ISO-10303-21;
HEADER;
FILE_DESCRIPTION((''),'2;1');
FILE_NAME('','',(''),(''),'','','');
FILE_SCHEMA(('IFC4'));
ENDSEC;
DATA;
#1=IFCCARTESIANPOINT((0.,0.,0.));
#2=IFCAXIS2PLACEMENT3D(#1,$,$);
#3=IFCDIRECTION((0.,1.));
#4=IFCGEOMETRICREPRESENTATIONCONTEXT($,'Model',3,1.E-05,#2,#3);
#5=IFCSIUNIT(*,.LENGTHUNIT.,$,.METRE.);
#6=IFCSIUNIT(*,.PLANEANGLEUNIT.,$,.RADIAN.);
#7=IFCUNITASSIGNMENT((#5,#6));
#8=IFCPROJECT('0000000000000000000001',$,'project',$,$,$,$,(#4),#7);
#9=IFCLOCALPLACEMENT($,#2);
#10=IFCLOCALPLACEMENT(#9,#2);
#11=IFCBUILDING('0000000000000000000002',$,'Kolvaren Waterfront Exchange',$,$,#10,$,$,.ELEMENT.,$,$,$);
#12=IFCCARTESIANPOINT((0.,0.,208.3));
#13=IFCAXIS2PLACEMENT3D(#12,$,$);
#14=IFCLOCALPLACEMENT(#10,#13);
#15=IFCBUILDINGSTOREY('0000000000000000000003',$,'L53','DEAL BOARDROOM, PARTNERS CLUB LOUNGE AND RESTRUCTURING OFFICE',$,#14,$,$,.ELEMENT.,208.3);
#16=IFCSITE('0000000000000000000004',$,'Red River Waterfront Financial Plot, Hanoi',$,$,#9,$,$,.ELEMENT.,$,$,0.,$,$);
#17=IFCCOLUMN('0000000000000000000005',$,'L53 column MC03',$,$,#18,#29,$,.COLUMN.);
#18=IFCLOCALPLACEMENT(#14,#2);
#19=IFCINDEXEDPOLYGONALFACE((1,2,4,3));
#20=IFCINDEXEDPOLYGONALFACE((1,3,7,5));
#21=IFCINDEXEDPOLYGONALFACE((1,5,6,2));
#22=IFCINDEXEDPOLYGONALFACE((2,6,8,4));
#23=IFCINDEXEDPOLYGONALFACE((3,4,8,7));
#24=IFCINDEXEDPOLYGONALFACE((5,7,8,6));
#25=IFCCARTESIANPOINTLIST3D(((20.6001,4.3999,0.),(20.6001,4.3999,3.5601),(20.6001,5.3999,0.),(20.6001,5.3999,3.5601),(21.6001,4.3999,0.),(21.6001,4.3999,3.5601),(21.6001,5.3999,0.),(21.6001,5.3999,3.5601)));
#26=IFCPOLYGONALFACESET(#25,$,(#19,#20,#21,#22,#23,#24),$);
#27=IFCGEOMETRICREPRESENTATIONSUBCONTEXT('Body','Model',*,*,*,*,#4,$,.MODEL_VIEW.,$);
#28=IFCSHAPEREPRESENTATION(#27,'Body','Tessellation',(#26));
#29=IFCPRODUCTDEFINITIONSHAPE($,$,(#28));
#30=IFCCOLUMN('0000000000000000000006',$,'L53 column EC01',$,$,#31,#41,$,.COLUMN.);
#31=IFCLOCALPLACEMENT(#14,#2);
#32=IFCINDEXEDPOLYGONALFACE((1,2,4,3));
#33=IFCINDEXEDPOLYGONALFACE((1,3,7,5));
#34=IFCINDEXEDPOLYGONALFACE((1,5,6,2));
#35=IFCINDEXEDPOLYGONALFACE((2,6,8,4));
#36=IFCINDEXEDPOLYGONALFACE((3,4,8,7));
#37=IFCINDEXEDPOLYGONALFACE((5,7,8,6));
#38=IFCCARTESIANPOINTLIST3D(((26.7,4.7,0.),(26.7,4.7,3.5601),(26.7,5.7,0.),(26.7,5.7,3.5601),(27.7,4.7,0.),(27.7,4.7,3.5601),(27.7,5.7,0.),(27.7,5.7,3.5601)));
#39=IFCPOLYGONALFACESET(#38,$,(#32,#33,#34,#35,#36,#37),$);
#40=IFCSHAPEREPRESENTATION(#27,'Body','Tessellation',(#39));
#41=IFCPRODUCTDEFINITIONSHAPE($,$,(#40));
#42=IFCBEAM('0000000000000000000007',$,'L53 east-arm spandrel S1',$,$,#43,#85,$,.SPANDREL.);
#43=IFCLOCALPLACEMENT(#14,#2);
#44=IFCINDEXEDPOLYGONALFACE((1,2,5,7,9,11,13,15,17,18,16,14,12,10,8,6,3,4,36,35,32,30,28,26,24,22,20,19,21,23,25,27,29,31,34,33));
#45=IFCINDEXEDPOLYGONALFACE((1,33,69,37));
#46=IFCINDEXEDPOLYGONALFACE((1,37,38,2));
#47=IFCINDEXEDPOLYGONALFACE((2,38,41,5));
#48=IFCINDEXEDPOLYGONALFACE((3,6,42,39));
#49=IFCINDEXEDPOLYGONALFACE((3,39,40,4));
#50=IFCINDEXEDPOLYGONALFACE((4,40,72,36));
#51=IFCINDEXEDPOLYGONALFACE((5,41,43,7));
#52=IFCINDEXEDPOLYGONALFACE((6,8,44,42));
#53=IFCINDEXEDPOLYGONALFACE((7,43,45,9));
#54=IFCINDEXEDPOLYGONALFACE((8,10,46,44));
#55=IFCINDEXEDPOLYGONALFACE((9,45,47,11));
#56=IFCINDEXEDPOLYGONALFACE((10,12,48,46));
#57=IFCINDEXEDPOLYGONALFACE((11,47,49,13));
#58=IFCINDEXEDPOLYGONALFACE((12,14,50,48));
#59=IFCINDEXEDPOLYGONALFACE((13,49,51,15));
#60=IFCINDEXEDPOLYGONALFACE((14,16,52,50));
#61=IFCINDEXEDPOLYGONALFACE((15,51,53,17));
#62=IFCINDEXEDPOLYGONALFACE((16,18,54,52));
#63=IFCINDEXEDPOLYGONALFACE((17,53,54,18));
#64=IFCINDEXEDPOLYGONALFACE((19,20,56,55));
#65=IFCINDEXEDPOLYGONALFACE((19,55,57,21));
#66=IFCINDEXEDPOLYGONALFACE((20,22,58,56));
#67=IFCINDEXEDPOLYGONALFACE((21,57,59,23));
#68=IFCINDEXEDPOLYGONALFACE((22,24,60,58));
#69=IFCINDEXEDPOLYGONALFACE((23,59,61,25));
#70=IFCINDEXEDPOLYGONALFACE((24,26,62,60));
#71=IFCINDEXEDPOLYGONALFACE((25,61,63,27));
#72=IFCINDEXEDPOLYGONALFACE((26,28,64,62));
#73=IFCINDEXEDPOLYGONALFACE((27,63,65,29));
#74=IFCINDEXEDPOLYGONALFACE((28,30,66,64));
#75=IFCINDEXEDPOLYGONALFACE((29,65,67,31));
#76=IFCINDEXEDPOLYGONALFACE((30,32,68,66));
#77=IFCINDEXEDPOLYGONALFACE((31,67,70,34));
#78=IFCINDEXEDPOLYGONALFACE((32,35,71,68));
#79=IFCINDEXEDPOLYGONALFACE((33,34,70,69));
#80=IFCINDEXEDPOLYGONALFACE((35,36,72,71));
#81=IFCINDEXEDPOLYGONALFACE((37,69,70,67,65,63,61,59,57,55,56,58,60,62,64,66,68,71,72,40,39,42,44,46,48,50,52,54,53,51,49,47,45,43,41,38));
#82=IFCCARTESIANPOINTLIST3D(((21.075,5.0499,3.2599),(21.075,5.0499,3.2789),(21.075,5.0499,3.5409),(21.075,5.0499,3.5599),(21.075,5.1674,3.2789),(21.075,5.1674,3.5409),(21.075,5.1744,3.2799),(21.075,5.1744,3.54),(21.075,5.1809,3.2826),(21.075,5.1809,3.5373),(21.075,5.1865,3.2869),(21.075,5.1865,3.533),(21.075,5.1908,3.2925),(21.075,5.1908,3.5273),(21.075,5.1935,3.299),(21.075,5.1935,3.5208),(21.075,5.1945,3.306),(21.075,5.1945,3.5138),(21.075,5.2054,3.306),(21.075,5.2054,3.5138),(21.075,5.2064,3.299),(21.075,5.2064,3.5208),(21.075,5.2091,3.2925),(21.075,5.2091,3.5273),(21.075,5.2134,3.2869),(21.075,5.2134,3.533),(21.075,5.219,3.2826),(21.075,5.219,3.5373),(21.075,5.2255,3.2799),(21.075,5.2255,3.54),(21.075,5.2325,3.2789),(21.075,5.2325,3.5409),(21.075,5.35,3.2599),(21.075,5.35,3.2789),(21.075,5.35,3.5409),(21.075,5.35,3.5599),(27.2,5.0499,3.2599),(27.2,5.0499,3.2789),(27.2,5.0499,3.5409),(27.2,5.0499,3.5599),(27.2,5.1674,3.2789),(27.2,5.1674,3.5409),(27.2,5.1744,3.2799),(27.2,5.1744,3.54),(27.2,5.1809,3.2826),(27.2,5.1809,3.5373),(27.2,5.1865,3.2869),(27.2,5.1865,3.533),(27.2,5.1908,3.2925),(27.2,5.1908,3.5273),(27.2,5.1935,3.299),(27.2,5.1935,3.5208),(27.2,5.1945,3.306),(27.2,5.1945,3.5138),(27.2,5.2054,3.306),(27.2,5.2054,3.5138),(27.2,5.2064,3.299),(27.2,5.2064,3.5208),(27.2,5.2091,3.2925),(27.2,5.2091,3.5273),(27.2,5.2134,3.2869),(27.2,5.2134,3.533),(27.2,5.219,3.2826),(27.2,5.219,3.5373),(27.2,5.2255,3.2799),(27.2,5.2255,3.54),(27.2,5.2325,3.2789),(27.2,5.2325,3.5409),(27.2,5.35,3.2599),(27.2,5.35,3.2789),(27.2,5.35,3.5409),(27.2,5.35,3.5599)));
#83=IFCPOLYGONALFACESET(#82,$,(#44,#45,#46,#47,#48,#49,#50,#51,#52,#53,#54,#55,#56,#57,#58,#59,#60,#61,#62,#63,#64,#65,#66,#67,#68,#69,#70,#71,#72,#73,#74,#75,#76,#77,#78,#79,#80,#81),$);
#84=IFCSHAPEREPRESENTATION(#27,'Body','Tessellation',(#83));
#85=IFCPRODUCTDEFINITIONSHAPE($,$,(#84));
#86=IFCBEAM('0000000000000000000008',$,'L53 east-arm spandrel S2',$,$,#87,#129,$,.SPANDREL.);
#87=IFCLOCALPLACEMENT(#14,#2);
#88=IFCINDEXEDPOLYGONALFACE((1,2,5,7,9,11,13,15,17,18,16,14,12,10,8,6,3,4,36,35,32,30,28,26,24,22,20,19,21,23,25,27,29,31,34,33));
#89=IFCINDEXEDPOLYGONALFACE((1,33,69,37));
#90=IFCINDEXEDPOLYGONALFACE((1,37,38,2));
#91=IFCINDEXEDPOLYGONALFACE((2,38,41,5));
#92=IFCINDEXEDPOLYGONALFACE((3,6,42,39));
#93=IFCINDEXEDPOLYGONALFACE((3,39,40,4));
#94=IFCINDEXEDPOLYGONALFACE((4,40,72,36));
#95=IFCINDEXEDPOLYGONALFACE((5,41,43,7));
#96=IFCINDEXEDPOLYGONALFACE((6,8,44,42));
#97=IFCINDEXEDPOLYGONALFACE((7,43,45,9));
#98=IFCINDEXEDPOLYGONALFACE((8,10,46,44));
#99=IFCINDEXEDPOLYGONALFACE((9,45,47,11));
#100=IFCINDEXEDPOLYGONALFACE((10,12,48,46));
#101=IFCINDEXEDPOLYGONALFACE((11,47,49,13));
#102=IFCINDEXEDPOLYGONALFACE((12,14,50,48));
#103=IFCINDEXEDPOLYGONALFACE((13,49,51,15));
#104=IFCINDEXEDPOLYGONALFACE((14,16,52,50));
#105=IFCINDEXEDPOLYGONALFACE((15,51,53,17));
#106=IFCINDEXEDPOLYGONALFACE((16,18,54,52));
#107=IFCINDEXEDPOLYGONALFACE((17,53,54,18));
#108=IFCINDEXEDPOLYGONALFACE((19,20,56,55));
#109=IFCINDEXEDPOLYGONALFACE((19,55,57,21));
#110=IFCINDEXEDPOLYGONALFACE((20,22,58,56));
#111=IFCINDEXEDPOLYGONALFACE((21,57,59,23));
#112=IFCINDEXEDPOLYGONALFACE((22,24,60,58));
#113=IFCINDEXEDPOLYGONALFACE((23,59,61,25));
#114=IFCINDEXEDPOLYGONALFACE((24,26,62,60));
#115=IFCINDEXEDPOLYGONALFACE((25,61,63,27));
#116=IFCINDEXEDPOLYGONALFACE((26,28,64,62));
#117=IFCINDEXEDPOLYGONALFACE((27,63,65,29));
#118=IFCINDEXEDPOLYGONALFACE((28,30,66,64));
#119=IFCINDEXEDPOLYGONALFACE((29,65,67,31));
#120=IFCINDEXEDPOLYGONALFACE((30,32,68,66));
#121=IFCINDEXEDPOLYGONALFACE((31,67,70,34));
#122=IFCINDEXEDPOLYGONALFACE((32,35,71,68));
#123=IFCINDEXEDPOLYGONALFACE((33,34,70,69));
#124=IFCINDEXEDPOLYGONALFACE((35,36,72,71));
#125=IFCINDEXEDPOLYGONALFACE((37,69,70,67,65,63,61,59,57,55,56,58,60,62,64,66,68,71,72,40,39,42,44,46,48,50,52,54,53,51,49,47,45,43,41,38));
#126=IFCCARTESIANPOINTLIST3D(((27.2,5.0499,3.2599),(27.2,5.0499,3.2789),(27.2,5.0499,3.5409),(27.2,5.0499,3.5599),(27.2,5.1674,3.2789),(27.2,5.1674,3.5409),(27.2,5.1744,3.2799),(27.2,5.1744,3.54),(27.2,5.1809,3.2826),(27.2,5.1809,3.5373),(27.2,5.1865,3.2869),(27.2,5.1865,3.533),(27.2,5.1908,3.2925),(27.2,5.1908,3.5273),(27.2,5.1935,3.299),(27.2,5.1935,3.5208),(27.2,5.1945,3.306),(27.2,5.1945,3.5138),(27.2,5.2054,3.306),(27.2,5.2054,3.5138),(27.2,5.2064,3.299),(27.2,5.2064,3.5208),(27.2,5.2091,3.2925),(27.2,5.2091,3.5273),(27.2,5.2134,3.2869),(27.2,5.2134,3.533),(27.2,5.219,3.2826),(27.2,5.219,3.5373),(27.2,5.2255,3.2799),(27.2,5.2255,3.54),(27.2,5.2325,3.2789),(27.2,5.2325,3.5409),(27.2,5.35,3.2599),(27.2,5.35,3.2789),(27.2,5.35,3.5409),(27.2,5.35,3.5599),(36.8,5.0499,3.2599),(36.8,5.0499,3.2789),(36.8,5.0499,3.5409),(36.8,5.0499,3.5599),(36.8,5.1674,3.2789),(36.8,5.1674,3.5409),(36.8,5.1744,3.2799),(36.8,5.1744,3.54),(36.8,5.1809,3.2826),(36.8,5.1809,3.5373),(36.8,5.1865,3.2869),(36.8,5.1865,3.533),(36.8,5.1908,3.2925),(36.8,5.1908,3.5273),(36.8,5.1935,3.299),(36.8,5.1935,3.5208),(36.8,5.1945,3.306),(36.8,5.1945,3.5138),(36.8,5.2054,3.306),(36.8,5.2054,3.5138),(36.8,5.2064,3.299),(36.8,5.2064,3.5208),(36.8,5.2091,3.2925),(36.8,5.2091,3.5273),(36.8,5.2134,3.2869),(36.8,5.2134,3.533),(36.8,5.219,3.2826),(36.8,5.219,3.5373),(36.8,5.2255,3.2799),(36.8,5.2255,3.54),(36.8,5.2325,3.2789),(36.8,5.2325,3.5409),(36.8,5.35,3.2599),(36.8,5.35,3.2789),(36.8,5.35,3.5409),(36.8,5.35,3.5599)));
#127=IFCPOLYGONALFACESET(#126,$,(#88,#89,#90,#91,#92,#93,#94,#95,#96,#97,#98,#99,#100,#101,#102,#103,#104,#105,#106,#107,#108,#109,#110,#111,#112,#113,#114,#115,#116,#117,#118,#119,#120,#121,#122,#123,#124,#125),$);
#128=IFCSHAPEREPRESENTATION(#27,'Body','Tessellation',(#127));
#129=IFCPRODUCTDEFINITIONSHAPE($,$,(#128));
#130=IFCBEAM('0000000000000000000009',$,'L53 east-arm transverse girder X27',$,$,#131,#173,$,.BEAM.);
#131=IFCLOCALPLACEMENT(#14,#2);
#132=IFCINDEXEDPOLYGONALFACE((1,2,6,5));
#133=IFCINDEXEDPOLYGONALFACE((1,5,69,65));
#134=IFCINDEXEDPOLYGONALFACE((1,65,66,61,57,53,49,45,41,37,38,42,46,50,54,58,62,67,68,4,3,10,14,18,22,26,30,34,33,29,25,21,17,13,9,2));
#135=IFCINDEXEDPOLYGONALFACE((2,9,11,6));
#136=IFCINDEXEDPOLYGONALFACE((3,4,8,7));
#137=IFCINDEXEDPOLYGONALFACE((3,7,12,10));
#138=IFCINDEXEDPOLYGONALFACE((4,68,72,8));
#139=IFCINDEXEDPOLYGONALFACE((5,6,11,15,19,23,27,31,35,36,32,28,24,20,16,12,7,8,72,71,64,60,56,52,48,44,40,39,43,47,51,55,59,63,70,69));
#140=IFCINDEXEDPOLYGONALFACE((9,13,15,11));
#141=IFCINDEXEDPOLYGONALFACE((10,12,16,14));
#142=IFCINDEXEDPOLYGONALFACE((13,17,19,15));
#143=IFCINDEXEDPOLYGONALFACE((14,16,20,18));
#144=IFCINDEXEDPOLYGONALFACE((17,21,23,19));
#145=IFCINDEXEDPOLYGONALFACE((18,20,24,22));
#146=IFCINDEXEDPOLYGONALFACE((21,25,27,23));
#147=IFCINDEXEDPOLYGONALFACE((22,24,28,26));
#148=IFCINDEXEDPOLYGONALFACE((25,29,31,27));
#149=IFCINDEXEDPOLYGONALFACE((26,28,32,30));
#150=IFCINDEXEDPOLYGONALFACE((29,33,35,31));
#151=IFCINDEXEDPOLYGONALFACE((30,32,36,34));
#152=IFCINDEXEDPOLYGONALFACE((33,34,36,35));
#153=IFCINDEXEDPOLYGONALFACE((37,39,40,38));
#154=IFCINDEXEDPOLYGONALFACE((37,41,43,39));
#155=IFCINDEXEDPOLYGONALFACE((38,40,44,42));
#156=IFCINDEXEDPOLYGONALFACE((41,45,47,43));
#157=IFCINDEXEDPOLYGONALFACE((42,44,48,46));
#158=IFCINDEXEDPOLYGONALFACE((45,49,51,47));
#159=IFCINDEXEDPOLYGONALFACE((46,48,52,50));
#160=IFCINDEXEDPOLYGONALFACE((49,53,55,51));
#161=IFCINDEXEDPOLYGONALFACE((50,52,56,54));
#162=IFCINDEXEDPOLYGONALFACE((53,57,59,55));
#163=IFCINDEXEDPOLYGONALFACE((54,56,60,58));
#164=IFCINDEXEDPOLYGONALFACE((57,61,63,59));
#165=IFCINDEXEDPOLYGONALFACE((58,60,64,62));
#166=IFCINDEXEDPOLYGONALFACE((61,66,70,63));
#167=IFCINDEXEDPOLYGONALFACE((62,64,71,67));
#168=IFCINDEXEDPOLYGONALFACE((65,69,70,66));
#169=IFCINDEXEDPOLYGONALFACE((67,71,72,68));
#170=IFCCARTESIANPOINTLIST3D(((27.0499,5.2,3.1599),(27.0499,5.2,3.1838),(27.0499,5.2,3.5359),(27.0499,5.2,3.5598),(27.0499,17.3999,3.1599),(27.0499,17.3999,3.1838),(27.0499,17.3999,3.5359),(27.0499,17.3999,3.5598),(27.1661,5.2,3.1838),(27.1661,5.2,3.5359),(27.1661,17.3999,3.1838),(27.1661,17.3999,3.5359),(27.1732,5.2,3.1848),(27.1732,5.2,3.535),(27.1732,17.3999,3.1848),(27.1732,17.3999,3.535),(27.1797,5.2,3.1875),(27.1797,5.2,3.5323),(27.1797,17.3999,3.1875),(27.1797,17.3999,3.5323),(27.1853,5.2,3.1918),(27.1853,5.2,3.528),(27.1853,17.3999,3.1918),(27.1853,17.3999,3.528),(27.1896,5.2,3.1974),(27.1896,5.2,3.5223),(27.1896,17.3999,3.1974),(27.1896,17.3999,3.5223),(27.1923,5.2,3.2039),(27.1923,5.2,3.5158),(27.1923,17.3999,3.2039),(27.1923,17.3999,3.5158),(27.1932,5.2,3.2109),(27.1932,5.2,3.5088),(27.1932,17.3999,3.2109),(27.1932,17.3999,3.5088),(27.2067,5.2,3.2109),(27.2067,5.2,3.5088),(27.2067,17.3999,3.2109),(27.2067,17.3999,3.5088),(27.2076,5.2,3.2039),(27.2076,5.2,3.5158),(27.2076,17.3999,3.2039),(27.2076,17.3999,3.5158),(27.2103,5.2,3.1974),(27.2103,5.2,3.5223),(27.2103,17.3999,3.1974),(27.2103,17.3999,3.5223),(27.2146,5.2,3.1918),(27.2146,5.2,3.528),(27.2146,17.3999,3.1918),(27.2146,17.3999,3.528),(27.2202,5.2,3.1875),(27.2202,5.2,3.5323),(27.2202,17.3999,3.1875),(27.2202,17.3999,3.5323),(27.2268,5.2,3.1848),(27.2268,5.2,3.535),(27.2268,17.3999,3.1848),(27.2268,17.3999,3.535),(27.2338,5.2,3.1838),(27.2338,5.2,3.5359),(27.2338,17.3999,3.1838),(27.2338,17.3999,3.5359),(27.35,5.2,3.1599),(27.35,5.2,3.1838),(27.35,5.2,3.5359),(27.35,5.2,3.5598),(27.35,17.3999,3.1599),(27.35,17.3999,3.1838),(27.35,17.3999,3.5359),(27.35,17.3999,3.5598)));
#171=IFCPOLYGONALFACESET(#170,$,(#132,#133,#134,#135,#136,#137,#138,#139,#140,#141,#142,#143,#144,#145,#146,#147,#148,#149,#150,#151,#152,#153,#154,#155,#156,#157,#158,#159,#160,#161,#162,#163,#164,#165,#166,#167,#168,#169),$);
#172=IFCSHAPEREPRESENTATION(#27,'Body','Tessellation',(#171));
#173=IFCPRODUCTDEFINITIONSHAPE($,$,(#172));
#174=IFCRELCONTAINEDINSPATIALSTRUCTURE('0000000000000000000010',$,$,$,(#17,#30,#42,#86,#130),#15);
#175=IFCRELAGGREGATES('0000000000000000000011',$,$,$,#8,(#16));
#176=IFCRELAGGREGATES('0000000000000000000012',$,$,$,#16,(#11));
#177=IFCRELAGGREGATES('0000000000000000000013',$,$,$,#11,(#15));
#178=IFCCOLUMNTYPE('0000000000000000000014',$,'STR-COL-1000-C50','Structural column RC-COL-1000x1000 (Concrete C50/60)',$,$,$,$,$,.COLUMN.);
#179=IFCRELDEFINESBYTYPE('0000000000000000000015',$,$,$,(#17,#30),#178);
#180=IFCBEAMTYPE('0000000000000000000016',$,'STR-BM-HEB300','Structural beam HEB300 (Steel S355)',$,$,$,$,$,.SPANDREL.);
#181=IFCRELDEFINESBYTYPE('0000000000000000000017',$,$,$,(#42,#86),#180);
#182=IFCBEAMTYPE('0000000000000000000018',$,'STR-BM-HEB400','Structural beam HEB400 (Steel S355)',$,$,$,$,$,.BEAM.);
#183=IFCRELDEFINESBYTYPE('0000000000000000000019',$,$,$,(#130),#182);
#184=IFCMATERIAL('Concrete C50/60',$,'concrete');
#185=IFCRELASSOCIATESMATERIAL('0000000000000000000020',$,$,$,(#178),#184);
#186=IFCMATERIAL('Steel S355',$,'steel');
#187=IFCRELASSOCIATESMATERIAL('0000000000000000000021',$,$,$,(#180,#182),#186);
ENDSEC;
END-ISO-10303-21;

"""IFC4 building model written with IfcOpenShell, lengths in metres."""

from ifc_helpers import new_model, si_unit, direction, frame, origin, origin_2d, place, context, subcontext, project, spatial, rectangle, i_section, extrude, material, material_profile, profile_set, type_object, element, save


model = new_model("IFC4")

# Units and contexts
model_context = context("Model", 3, precision=1e-05, world=origin(), true_north=direction((0.0, 1.0)))
body_context = subcontext(model_context, "Body", "Model", "MODEL_VIEW")
ifc_project = project(units=[si_unit("LENGTHUNIT", "METRE"), si_unit("PLANEANGLEUNIT", "RADIAN")], contexts=[model_context])

# Site, building, storey
site_placement = place(None, origin())
site = spatial("IfcSite", under=ifc_project, at=site_placement, Name="Red River Waterfront Financial Plot, Hanoi", CompositionType="ELEMENT", RefElevation=0.0)
building_placement = place(site_placement, origin())
building = spatial("IfcBuilding", under=site, at=building_placement, Name="Kolvaren Waterfront Exchange", CompositionType="ELEMENT")
storey_placement = place(building_placement, frame((0.0, 0.0, 208.3)))
storey = spatial("IfcBuildingStorey", under=building, at=storey_placement, Name="L53", Description="DEAL BOARDROOM, PARTNERS CLUB LOUNGE AND RESTRUCTURING OFFICE", CompositionType="ELEMENT", Elevation=208.3)

# Columns
ifc_material_1 = material(Name="Concrete C50/60", Category="concrete")
ifc_material_profile_1 = material_profile(ifc_material_1, rectangle(XDim=1.0, YDim=1.0, at=origin_2d()), Name="RC-COL-1000x1000")
ifc_profile_set_1 = profile_set([ifc_material_profile_1], Name="Concrete C50/60")
column_type = type_object("IfcColumnType", Name="STR-COL-1000-C50", Description="Structural column RC-COL-1000x1000 (Concrete C50/60)", PredefinedType="COLUMN", material=ifc_profile_set_1)
for number, where, z_axis, x_axis, name in (
    (1, (21.1001, 4.8999, 0.0), (0.0, 0.0, 1.0), (1.0, 0.0, 0.0), "L53 column MC03"),
    (2, (27.2, 5.2, 0.0), (0.0, 0.0, 1.0), (1.0, 0.0, 0.0), "L53 column EC01"),
):
    element("IfcColumn", number, at=place(storey_placement, frame(where, z_axis=z_axis, x_axis=x_axis)), inside=storey, type_object=column_type, Name=name, PredefinedType="COLUMN", context=body_context, shape_type="SweptSolid", body=[
        extrude(rectangle(XDim=1.0, YDim=1.0, at=origin_2d()), origin(), (0.0, 0.0, 1.0), 3.5601),
    ])

# Beams
ifc_material_2 = material(Name="Steel S355", Category="steel")
ifc_material_profile_2 = material_profile(ifc_material_2, i_section(OverallWidth=0.3, OverallDepth=0.3, WebThickness=0.011, FlangeThickness=0.019, FilletRadius=0.0271, at=origin_2d()), Name="HEB300")
ifc_profile_set_2 = profile_set([ifc_material_profile_2], Name="Steel S355")
beam_type_1 = type_object("IfcBeamType", Name="STR-BM-HEB300", Description="Structural beam HEB300 (Steel S355)", PredefinedType="SPANDREL", material=ifc_profile_set_2)
beam_1_placement = place(storey_placement, frame((21.075, 5.2, 3.4099), z_axis=(1.0, 0.0, 0.0), x_axis=(0.0, 1.0, 0.0)))
element("IfcBeam", 3, at=beam_1_placement, inside=storey, type_object=beam_type_1, Name="L53 east-arm spandrel S1", PredefinedType="SPANDREL", context=body_context, shape_type="SweptSolid", body=[
    extrude(i_section(OverallWidth=0.3, OverallDepth=0.3, WebThickness=0.011, FlangeThickness=0.019, FilletRadius=0.0271, at=origin_2d()), origin(), (0.0, 0.0, 1.0), 6.125),
])
beam_2_placement = place(storey_placement, frame((27.2, 5.2, 3.4099), z_axis=(1.0, 0.0, 0.0), x_axis=(0.0, 1.0, 0.0)))
element("IfcBeam", 4, at=beam_2_placement, inside=storey, type_object=beam_type_1, Name="L53 east-arm spandrel S2", PredefinedType="SPANDREL", context=body_context, shape_type="SweptSolid", body=[
    extrude(i_section(OverallWidth=0.3, OverallDepth=0.3, WebThickness=0.011, FlangeThickness=0.019, FilletRadius=0.0271, at=origin_2d()), origin(), (0.0, 0.0, 1.0), 9.6001),
])
ifc_material_profile_3 = material_profile(ifc_material_2, i_section(OverallWidth=0.3, OverallDepth=0.3999, WebThickness=0.0134, FlangeThickness=0.0239, FilletRadius=0.0271, at=origin_2d()), Name="HEB400")
ifc_profile_set_3 = profile_set([ifc_material_profile_3], Name="Steel S355")
beam_type_2 = type_object("IfcBeamType", Name="STR-BM-HEB400", Description="Structural beam HEB400 (Steel S355)", PredefinedType="BEAM", material=ifc_profile_set_3)
beam_3_placement = place(storey_placement, frame((27.2, 5.2, 3.3599), z_axis=(0.0, 1.0, 0.0), x_axis=(-1.0, 0.0, 0.0)))
element("IfcBeam", 5, at=beam_3_placement, inside=storey, type_object=beam_type_2, Name="L53 east-arm transverse girder X27", PredefinedType="BEAM", context=body_context, shape_type="SweptSolid", body=[
    extrude(i_section(OverallWidth=0.3, OverallDepth=0.3999, WebThickness=0.0134, FlangeThickness=0.0239, FilletRadius=0.0271, at=origin_2d()), origin(), (0.0, 0.0, 1.0), 12.2),
])

save(model, "model.ifc")
